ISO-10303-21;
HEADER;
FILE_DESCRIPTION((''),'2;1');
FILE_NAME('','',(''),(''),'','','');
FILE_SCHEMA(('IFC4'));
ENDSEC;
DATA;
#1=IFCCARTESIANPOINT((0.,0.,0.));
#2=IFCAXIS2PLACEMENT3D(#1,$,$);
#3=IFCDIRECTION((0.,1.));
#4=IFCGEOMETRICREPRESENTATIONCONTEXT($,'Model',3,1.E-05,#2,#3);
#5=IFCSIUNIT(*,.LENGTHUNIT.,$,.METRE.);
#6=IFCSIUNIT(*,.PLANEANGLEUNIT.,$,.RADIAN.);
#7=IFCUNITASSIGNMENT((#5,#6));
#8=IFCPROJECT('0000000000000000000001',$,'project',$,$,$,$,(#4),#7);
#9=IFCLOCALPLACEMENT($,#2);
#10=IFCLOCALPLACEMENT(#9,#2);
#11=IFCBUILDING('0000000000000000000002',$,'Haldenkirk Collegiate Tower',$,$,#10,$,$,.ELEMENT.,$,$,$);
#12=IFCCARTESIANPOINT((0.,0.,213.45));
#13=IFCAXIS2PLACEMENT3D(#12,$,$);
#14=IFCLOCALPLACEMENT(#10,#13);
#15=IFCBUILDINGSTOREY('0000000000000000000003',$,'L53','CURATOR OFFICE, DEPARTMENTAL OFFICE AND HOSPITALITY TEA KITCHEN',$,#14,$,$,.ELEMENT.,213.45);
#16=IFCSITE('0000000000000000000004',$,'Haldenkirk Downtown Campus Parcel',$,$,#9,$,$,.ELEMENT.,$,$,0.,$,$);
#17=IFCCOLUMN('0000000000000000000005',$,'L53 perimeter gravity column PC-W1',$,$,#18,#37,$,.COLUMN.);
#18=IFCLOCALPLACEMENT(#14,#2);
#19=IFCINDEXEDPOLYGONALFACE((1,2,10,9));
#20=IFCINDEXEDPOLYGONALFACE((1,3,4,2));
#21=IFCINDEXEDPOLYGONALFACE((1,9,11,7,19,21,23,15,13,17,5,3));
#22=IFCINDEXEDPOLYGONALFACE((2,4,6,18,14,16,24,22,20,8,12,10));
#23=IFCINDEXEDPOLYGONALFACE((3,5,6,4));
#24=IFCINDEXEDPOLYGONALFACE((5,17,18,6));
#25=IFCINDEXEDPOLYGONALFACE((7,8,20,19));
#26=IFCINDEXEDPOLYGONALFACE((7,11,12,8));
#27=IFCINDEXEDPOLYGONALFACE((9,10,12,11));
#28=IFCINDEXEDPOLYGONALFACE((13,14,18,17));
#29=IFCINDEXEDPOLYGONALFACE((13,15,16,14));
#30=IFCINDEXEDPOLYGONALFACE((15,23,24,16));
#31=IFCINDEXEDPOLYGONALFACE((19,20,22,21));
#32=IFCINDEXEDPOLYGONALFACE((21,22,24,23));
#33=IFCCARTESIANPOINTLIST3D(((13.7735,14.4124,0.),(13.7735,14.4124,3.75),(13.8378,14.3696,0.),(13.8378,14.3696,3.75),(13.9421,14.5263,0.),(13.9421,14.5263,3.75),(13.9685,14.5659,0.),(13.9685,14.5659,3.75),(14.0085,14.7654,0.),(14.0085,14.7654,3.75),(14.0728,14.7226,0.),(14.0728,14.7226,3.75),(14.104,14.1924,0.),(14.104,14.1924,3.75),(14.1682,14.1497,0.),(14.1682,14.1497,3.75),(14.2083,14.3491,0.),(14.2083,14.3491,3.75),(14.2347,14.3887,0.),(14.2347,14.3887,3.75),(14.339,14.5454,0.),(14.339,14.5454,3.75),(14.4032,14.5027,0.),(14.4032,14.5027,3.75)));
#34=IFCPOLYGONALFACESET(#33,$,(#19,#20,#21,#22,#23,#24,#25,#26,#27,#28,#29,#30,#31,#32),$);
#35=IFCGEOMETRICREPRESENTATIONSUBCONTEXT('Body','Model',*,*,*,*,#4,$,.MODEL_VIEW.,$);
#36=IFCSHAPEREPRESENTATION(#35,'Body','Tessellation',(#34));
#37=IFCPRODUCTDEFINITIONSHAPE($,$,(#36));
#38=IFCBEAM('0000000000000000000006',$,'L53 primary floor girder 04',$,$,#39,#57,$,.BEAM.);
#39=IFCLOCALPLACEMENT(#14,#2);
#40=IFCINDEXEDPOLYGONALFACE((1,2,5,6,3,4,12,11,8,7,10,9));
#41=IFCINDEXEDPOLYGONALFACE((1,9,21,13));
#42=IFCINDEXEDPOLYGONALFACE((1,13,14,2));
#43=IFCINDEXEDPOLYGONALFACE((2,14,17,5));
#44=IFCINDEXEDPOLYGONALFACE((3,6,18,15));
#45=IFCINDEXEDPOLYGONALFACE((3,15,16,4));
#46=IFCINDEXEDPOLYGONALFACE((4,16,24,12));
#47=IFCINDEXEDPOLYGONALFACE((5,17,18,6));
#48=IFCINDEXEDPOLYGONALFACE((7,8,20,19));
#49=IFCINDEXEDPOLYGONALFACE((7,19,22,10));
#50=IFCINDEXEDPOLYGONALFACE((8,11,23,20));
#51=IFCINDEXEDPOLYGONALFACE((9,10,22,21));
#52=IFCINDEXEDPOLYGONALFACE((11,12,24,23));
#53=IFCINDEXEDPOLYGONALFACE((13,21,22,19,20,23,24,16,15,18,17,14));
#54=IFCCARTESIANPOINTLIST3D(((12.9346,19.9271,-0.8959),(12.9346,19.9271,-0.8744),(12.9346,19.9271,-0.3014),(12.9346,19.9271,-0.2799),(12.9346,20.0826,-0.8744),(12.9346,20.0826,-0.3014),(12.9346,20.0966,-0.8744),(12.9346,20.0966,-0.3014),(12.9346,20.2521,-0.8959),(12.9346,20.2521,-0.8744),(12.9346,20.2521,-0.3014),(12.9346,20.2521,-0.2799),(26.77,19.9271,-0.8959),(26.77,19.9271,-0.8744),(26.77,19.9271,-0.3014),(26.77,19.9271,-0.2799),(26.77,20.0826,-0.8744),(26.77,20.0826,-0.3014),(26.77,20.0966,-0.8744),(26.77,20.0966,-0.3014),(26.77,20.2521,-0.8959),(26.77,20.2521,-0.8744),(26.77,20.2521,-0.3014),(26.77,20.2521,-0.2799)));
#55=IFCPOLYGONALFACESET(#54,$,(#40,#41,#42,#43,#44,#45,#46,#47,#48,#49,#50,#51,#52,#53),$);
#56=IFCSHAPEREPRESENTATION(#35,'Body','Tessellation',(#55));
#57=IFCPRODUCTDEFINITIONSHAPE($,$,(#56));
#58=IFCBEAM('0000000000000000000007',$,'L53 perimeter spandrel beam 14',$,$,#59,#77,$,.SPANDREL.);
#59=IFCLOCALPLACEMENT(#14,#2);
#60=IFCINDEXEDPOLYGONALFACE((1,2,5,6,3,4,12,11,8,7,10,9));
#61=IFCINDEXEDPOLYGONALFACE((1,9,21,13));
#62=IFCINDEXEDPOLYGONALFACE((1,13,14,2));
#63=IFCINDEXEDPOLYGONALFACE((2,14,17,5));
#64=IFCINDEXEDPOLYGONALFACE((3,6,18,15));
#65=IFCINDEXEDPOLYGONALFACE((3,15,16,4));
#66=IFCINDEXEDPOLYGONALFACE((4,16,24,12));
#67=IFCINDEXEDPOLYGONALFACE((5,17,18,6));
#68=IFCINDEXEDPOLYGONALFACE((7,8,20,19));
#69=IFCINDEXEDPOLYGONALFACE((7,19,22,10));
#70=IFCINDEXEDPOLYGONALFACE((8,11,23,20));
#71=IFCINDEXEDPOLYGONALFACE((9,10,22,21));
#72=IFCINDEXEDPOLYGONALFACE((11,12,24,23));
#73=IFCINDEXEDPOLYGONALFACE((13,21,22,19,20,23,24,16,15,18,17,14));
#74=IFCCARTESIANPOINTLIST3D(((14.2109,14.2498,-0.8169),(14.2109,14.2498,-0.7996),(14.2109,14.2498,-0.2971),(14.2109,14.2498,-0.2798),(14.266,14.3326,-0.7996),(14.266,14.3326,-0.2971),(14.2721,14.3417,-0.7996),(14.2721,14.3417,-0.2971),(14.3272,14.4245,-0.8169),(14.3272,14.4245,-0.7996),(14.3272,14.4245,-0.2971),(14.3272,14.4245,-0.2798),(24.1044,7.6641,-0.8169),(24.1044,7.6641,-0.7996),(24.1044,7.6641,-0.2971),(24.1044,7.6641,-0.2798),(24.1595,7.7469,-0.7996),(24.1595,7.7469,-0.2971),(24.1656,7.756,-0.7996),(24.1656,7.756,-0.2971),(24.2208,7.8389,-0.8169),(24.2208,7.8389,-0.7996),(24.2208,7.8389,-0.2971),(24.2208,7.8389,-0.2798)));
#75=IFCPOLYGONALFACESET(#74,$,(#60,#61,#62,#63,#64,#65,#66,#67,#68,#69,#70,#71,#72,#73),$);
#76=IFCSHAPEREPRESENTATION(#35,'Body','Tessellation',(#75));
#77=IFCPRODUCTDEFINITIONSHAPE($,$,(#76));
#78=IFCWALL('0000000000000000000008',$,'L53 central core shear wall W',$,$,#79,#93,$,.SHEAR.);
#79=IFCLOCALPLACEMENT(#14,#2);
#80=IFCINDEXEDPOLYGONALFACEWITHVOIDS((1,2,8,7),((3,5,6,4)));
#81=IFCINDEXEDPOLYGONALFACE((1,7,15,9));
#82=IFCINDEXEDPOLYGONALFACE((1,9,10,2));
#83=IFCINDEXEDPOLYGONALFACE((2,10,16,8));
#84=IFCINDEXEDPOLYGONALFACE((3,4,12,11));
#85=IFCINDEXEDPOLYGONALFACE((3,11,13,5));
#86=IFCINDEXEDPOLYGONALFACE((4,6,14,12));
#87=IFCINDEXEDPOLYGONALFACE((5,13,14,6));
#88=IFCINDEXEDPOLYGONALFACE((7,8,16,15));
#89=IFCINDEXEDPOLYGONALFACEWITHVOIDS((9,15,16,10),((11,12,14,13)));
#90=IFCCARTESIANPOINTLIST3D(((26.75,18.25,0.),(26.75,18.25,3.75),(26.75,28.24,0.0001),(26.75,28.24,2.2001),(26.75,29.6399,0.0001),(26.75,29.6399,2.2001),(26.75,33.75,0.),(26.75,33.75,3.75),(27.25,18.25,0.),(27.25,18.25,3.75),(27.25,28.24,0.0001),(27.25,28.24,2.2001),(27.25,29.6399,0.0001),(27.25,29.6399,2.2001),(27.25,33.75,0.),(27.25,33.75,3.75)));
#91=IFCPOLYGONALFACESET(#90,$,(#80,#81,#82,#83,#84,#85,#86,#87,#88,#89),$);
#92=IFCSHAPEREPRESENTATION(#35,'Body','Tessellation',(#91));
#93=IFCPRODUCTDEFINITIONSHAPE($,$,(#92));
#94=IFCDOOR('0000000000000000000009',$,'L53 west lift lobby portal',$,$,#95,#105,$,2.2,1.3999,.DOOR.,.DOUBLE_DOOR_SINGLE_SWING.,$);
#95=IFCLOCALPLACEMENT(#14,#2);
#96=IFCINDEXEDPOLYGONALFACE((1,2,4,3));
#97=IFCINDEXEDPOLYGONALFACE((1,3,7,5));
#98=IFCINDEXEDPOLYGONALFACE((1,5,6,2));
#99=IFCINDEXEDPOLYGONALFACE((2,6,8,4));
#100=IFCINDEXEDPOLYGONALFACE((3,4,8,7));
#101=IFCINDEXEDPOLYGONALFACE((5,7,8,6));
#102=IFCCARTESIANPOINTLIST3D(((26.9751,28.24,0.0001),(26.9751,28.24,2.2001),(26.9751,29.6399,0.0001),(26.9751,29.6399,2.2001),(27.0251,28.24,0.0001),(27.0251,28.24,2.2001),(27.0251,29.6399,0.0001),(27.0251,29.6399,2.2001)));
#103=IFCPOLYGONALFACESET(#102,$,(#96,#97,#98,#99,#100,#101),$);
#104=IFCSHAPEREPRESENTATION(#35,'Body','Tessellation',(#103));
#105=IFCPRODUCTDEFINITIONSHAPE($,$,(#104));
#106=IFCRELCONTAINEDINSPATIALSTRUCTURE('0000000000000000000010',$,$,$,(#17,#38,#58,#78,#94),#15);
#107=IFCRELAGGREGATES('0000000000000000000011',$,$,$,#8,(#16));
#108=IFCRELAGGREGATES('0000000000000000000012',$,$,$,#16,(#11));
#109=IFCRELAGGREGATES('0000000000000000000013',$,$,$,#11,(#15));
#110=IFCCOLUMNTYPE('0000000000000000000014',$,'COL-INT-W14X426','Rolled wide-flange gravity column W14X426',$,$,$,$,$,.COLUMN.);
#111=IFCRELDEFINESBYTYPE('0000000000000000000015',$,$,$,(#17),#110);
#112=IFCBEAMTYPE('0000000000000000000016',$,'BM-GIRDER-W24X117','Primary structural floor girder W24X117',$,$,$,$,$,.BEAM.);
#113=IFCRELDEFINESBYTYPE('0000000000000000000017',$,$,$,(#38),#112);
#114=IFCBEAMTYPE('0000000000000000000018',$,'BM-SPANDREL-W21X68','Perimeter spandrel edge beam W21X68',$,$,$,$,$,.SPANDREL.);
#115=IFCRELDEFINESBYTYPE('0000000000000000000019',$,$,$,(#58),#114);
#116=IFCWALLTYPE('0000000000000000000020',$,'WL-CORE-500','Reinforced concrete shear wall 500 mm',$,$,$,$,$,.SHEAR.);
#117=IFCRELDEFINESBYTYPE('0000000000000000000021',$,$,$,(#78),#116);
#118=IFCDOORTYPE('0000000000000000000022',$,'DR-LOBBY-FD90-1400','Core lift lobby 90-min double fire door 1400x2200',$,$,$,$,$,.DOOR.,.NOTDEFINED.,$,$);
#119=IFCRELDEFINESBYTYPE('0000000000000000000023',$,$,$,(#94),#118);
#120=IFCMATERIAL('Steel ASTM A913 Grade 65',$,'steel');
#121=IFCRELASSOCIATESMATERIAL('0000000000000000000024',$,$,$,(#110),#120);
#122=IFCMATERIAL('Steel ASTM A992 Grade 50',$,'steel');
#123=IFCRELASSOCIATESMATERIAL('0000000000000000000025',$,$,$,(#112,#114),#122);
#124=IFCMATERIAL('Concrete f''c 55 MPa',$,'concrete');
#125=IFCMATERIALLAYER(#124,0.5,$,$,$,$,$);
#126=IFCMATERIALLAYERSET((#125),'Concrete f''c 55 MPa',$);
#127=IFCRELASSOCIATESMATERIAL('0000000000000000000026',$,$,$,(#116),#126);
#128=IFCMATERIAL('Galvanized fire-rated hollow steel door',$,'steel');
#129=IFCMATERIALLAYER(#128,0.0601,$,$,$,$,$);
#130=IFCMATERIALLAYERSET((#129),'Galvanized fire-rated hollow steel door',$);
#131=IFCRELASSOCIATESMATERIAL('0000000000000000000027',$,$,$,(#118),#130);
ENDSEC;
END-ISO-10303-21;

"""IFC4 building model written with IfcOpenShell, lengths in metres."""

from ifc_helpers import new_model, si_unit, direction, frame, frame_2d, origin, origin_2d, place, context, subcontext, project, spatial, rectangle, i_section, extrude, material, layer, layer_set, material_profile, profile_set, type_object, element, fill, save


model = new_model("IFC4")

# Units and contexts
model_context = context("Model", 3, precision=1e-05, world=origin(), true_north=direction((0.0, 1.0)))
body_context = subcontext(model_context, "Body", "Model", "MODEL_VIEW")
ifc_project = project(units=[si_unit("LENGTHUNIT", "METRE"), si_unit("PLANEANGLEUNIT", "RADIAN")], contexts=[model_context])

# Site, building, storey
site_placement = place(None, origin())
site = spatial("IfcSite", under=ifc_project, at=site_placement, Name="Haldenkirk Downtown Campus Parcel", CompositionType="ELEMENT", RefElevation=0.0)
building_placement = place(site_placement, origin())
building = spatial("IfcBuilding", under=site, at=building_placement, Name="Haldenkirk Collegiate Tower", CompositionType="ELEMENT")
storey_placement = place(building_placement, frame((0.0, 0.0, 213.45)))
storey = spatial("IfcBuildingStorey", under=building, at=storey_placement, Name="L53", Description="CURATOR OFFICE, DEPARTMENTAL OFFICE AND HOSPITALITY TEA KITCHEN", CompositionType="ELEMENT", Elevation=213.45)

# Column
ifc_material_1 = material(Name="Steel ASTM A913 Grade 65", Category="steel")
ifc_material_profile_1 = material_profile(ifc_material_1, i_section(OverallWidth=0.4241, OverallDepth=0.4741, WebThickness=0.0476, FlangeThickness=0.0771, at=origin_2d()), Name="W14X426")
ifc_profile_set_1 = profile_set([ifc_material_profile_1], Name="Steel ASTM A913 Grade 65")
column_type = type_object("IfcColumnType", Name="COL-INT-W14X426", Description="Rolled wide-flange gravity column W14X426", PredefinedType="COLUMN", material=ifc_profile_set_1)
column_placement = place(storey_placement, frame((14.0884, 14.4575, 0.0), z_axis=(0.0, 0.0, 1.0), x_axis=(0.554118, 0.832438, 0.0)))
element("IfcColumn", 1, at=column_placement, inside=storey, type_object=column_type, Name="L53 perimeter gravity column PC-W1", PredefinedType="COLUMN", context=body_context, shape_type="SweptSolid", body=[
    extrude(i_section(OverallWidth=0.4241, OverallDepth=0.4741, WebThickness=0.0476, FlangeThickness=0.0771, at=origin_2d()), origin(), (0.0, 0.0, 1.0), 3.75),
])

# Beams
ifc_material_2 = material(Name="Steel ASTM A992 Grade 50", Category="steel")
ifc_material_profile_2 = material_profile(ifc_material_2, i_section(OverallWidth=0.325, OverallDepth=0.616, WebThickness=0.0139, FlangeThickness=0.0215, at=origin_2d()), Name="W24X117")
ifc_profile_set_2 = profile_set([ifc_material_profile_2], Name="Steel ASTM A992 Grade 50")
beam_type_1 = type_object("IfcBeamType", Name="BM-GIRDER-W24X117", Description="Primary structural floor girder W24X117", PredefinedType="BEAM", material=ifc_profile_set_2)
beam_1_placement = place(storey_placement, frame((12.9346, 20.0896, -0.5879), z_axis=(1.0, 0.0, 0.0), x_axis=(0.0, 1.0, 0.0)))
element("IfcBeam", 2, at=beam_1_placement, inside=storey, type_object=beam_type_1, Name="L53 primary floor girder 04", PredefinedType="BEAM", context=body_context, shape_type="SweptSolid", body=[
    extrude(i_section(OverallWidth=0.325, OverallDepth=0.616, WebThickness=0.0139, FlangeThickness=0.0215, at=origin_2d()), origin(), (0.0, 0.0, 1.0), 13.8354),
])
ifc_material_profile_3 = material_profile(ifc_material_2, i_section(OverallWidth=0.21, OverallDepth=0.5371, WebThickness=0.011, FlangeThickness=0.0173, at=origin_2d()), Name="W21X68")
ifc_profile_set_3 = profile_set([ifc_material_profile_3], Name="Steel ASTM A992 Grade 50")
beam_type_2 = type_object("IfcBeamType", Name="BM-SPANDREL-W21X68", Description="Perimeter spandrel edge beam W21X68", PredefinedType="SPANDREL", material=ifc_profile_set_3)
beam_2_placement = place(storey_placement, frame((14.269, 14.3372, -0.5483), z_axis=(0.832439, -0.554117, 0.0), x_axis=(0.554117, 0.832439, 0.0)))
element("IfcBeam", 3, at=beam_2_placement, inside=storey, type_object=beam_type_2, Name="L53 perimeter spandrel beam 14", PredefinedType="SPANDREL", context=body_context, shape_type="SweptSolid", body=[
    extrude(i_section(OverallWidth=0.21, OverallDepth=0.5371, WebThickness=0.011, FlangeThickness=0.0173, at=origin_2d()), origin(), (0.0, 0.0, 1.0), 11.885),
])

# Shared definitions
ifc_material_3 = material(Name="Concrete f'c 55 MPa", Category="concrete")
ifc_layer_1 = layer(ifc_material_3, 0.5)
ifc_layer_set_1 = layer_set([ifc_layer_1], Name="Concrete f'c 55 MPa")
wall_type_1 = type_object("IfcWallType", Name="WL-CORE-500", Description="Reinforced concrete shear wall 500 mm", PredefinedType="SHEAR", material=ifc_layer_set_1)
ifc_material_4 = material(Name="Galvanized fire-rated hollow steel door", Category="steel")

# Wall, opening, door
wall_1_placement = place(storey_placement, frame((27.0, 18.25, 0.0), z_axis=(0.0, 0.0, 1.0), x_axis=(0.0, 1.0, 0.0)))
wall_1 = element("IfcWall", 4, at=wall_1_placement, inside=storey, type_object=wall_type_1, Name="L53 central core shear wall W", PredefinedType="SHEAR", context=body_context, shape_type="SweptSolid", body=[
    extrude(rectangle(XDim=15.5, YDim=0.5, at=frame_2d((7.75, 0.0))), origin(), (0.0, 0.0, 1.0), 3.75),
])
opening_1_placement = place(wall_1_placement, frame((9.99, 0.0, 0.0)))
opening_1 = element("IfcOpeningElement", 5, at=opening_1_placement, cuts=wall_1, PredefinedType="OPENING", context=body_context, shape_type="SweptSolid", body=[
    extrude(rectangle(XDim=1.3999, YDim=2.2, at=frame_2d((0.7, 1.1001))), frame((0.0, 0.26, 0.0), z_axis=(0.0, -1.0, 0.0), x_axis=(1.0, 0.0, 0.0)), (0.0, 0.0, 1.0), 0.52),
])
ifc_layer_2 = layer(ifc_material_4, 0.0601)
ifc_layer_set_2 = layer_set([ifc_layer_2], Name="Galvanized fire-rated hollow steel door")
door_type_1 = type_object("IfcDoorType", Name="DR-LOBBY-FD90-1400", Description="Core lift lobby 90-min double fire door 1400x2200", OperationType="NOTDEFINED", PredefinedType="DOOR", material=ifc_layer_set_2)
door_1_placement = place(opening_1_placement, origin())
door_1 = element("IfcDoor", 6, at=door_1_placement, inside=storey, type_object=door_type_1, Name="L53 west lift lobby portal", OperationType="DOUBLE_DOOR_SINGLE_SWING", OverallHeight=2.2, OverallWidth=1.3999, PredefinedType="DOOR", context=body_context, shape_type="SweptSolid", body=[
    extrude(rectangle(XDim=1.3999, YDim=2.2, at=frame_2d((0.7, 1.1001))), frame((0.0, 0.0249, 0.0), z_axis=(0.0, -1.0, 0.0), x_axis=(1.0, 0.0, 0.0)), (0.0, 0.0, 1.0), 0.05),
])
fill(opening_1, door_1)

save(model, "model.ifc")
